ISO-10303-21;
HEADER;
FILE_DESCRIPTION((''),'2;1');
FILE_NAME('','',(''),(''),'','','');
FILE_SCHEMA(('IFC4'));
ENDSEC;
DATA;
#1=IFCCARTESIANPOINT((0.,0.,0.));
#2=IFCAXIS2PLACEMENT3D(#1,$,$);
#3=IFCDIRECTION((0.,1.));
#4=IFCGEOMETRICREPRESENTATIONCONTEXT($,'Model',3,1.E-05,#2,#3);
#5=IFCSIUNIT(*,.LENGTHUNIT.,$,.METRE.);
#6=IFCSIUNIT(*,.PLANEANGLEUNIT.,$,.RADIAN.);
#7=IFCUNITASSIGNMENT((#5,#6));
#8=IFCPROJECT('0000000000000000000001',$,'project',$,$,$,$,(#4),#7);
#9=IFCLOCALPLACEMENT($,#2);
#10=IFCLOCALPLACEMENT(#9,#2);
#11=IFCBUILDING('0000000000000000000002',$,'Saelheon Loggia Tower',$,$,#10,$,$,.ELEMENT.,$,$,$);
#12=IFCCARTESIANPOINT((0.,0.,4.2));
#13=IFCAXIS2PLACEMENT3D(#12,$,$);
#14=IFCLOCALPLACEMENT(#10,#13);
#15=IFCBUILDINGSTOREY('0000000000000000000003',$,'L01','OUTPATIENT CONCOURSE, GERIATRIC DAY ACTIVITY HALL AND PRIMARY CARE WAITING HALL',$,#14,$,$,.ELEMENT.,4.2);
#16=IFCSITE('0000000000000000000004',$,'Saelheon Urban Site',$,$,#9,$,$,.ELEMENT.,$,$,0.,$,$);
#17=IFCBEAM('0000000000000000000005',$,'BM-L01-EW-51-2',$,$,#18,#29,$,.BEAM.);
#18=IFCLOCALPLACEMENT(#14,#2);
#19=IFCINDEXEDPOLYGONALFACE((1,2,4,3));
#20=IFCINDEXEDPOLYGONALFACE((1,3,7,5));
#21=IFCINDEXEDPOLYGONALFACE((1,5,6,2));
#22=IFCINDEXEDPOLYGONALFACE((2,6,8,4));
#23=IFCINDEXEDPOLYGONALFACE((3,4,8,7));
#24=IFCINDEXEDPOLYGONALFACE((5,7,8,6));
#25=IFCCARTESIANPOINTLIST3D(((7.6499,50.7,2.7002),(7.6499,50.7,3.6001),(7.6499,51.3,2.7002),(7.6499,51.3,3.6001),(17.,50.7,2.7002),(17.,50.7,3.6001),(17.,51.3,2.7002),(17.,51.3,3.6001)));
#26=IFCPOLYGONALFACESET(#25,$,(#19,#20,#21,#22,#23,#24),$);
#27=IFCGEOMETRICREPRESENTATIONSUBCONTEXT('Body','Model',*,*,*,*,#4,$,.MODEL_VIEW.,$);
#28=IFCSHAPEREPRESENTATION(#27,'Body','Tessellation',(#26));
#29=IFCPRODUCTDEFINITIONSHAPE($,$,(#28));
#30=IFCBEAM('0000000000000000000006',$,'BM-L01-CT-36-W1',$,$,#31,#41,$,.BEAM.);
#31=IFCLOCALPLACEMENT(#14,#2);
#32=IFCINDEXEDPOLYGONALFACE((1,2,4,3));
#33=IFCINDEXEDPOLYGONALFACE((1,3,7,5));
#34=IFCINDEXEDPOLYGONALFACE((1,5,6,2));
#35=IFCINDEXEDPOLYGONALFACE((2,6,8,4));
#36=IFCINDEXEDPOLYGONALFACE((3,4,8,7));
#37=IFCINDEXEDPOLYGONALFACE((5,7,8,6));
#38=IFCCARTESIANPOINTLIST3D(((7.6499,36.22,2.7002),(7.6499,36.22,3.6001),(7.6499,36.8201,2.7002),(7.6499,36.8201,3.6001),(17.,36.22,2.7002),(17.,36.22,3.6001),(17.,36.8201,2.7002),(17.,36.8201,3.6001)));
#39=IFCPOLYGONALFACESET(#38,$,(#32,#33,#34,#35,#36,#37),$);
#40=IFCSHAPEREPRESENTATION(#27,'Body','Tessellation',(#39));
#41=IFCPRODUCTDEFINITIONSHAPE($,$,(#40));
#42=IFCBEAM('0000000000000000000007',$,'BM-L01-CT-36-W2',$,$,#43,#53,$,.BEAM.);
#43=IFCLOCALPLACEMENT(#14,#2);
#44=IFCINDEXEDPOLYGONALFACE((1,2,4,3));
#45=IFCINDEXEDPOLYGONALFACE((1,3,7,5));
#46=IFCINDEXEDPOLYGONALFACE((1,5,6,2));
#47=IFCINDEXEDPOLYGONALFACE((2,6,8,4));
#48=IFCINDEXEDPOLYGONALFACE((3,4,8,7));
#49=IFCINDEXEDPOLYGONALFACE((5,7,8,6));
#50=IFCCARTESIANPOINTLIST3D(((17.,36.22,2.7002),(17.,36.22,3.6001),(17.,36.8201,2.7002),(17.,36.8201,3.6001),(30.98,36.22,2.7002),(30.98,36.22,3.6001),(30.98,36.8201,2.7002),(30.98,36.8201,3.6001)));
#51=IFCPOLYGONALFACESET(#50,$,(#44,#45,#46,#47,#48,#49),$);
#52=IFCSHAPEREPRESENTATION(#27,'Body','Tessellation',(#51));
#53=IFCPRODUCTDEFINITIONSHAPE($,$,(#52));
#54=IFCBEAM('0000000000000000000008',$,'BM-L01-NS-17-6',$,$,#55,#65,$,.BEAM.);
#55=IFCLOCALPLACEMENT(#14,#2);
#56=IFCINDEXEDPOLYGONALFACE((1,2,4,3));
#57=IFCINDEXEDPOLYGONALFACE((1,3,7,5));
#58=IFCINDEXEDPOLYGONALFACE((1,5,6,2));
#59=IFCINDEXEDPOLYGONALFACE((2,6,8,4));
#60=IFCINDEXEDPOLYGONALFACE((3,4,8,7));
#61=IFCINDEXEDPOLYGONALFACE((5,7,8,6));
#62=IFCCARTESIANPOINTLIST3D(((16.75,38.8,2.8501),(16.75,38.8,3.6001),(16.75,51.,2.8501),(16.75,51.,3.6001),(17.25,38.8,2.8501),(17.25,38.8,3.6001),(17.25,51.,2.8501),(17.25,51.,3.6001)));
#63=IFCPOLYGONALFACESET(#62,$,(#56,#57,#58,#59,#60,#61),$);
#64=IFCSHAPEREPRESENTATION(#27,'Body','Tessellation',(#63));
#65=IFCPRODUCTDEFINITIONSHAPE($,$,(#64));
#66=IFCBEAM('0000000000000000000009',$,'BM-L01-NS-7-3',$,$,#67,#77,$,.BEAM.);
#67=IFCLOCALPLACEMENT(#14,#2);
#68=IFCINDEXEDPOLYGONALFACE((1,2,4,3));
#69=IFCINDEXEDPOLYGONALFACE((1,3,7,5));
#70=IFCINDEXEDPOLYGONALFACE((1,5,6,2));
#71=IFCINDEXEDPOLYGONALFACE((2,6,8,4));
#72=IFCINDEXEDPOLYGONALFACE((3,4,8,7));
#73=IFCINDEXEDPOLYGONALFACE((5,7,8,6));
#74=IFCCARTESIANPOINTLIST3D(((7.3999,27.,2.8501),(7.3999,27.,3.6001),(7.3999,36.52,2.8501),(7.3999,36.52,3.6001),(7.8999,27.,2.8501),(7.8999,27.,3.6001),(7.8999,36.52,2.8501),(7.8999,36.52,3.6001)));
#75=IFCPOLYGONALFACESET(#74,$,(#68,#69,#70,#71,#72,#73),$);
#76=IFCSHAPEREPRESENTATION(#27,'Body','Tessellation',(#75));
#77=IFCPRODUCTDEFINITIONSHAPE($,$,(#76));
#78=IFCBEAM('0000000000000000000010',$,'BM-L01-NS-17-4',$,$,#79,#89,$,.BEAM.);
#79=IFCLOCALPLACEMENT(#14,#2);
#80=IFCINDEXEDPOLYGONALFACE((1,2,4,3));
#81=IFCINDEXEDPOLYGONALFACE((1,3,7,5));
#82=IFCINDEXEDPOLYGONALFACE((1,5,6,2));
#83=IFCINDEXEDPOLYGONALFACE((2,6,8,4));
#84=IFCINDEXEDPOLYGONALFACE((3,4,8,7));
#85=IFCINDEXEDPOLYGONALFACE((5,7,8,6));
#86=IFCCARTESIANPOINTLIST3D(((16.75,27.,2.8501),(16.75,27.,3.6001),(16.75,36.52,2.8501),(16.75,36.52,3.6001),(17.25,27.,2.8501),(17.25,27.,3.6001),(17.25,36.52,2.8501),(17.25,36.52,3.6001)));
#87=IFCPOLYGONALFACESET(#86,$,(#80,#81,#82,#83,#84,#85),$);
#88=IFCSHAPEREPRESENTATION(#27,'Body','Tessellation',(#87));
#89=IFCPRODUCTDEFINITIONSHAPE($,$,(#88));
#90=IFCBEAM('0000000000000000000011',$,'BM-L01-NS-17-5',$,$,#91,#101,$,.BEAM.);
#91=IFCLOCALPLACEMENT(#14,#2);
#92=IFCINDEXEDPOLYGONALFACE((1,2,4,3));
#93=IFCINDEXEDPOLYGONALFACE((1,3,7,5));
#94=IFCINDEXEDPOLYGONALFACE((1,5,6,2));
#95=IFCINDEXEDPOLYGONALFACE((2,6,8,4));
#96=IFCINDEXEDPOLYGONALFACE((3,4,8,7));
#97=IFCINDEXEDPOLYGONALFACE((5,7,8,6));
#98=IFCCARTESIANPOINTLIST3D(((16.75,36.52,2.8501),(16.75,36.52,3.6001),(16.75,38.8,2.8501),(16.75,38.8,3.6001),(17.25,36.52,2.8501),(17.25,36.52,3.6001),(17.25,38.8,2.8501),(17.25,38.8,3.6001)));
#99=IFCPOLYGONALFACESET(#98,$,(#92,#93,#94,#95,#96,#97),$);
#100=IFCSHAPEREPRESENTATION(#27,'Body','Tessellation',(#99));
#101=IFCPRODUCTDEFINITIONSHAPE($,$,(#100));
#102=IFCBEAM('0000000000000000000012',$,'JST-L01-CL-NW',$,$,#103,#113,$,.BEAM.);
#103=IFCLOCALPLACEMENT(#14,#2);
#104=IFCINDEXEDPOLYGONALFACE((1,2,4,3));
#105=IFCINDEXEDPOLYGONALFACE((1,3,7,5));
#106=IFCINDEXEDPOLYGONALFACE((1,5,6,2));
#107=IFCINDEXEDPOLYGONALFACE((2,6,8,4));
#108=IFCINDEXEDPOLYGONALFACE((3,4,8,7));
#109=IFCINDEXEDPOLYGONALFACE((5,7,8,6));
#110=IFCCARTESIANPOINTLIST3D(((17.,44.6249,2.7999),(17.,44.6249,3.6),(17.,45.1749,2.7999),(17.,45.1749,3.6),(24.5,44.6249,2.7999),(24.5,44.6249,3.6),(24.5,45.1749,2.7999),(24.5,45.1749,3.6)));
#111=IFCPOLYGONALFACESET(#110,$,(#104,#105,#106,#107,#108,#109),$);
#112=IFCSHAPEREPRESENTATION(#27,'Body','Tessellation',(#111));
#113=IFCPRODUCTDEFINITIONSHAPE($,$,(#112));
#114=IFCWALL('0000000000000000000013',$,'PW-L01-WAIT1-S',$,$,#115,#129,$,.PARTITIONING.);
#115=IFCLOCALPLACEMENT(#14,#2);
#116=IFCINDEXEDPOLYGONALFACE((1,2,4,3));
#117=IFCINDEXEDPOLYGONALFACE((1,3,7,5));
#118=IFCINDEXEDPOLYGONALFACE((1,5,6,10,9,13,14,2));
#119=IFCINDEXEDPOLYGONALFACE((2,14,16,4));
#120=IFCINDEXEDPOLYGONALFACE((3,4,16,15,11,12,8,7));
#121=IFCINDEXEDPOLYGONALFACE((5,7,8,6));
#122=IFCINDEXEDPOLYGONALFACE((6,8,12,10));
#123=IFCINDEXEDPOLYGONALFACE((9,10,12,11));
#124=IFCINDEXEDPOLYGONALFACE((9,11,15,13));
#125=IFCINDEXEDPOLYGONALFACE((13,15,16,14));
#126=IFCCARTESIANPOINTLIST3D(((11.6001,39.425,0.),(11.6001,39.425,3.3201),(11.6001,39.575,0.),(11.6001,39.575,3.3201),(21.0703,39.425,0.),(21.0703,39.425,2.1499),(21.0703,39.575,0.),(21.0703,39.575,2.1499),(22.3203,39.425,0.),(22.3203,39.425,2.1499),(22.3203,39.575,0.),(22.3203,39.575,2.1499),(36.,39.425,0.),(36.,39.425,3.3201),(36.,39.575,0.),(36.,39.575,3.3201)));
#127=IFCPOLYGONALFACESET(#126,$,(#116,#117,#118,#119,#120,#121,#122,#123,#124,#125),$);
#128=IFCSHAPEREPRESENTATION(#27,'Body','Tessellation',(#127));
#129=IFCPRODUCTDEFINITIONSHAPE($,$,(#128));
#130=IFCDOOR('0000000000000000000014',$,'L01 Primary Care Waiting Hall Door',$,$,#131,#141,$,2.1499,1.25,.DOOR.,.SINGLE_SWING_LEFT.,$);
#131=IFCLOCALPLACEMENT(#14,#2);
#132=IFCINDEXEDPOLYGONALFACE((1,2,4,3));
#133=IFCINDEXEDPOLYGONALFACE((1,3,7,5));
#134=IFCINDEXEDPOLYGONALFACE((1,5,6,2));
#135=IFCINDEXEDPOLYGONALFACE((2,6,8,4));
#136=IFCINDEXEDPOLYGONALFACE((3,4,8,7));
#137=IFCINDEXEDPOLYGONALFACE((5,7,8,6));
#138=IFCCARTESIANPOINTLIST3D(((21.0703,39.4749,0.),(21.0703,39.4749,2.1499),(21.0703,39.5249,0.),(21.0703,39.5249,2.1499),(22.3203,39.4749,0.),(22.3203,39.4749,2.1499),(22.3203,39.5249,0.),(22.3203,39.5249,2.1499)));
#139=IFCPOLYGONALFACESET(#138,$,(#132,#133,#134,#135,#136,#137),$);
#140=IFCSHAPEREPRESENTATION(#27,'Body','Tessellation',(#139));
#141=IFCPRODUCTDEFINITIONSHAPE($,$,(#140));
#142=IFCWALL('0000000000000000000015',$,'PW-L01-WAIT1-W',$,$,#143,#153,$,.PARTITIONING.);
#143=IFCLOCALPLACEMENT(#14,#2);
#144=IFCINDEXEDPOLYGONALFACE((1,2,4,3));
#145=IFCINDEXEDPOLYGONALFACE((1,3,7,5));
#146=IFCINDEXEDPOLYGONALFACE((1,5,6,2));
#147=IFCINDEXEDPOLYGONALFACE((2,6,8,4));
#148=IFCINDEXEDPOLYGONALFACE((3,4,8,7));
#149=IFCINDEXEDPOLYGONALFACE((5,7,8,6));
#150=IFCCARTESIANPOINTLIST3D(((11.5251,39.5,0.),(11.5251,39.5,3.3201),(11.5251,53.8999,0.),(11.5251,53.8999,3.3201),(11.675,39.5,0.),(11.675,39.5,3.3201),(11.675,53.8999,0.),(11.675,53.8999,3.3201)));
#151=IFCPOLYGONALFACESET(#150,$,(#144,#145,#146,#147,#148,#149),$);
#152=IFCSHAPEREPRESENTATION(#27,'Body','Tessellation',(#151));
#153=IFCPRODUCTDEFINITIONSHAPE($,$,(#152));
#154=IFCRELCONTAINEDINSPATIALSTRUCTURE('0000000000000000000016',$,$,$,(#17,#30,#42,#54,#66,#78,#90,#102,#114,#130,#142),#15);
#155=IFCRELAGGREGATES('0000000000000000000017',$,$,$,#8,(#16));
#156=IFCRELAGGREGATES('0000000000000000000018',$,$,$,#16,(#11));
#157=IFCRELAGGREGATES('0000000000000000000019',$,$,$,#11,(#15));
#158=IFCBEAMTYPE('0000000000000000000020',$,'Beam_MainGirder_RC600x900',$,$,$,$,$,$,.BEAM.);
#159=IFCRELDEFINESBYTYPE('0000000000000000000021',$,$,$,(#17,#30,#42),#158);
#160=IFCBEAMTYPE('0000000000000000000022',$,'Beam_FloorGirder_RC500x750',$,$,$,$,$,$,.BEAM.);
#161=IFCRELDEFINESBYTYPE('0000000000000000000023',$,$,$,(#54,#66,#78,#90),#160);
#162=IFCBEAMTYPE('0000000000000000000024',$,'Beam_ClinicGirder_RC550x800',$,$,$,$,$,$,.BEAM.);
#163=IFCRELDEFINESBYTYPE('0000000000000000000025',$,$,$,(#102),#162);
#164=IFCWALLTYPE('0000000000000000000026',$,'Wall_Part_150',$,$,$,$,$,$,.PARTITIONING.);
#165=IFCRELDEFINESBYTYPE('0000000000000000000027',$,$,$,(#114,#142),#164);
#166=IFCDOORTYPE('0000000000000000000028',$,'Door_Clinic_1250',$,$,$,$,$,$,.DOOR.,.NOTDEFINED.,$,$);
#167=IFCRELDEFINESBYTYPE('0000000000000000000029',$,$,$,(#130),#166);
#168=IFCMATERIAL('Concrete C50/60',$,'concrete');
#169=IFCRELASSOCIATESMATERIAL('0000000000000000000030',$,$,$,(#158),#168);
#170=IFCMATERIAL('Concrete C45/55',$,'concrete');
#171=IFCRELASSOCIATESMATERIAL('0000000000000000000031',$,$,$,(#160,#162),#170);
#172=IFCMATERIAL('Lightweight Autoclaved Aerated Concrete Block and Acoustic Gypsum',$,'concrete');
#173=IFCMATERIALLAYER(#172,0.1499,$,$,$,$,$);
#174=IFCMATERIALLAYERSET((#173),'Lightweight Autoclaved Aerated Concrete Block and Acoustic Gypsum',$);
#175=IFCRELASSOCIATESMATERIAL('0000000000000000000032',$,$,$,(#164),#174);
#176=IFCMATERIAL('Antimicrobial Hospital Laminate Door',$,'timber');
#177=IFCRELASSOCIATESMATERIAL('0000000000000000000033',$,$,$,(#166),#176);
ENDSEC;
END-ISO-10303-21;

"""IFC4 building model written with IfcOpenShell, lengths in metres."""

from ifc_helpers import new_model, si_unit, direction, frame, frame_2d, origin, origin_2d, place, context, subcontext, project, spatial, rectangle, extrude, source, transform, mapped, material, layer, layer_set, material_profile, profile_set, type_object, element, fill, save


model = new_model("IFC4")

# Units and contexts
model_context = context("Model", 3, precision=1e-05, world=origin(), true_north=direction((0.0, 1.0)))
body_context = subcontext(model_context, "Body", "Model", "MODEL_VIEW")
ifc_project = project(units=[si_unit("LENGTHUNIT", "METRE"), si_unit("PLANEANGLEUNIT", "RADIAN")], contexts=[model_context])

# Site, building, storey
site_placement = place(None, origin())
site = spatial("IfcSite", under=ifc_project, at=site_placement, Name="Saelheon Urban Site", CompositionType="ELEMENT", RefElevation=0.0)
building_placement = place(site_placement, origin())
building = spatial("IfcBuilding", under=site, at=building_placement, Name="Saelheon Loggia Tower", CompositionType="ELEMENT")
storey_placement = place(building_placement, frame((0.0, 0.0, 4.2)))
storey = spatial("IfcBuildingStorey", under=building, at=storey_placement, Name="L01", Description="OUTPATIENT CONCOURSE, GERIATRIC DAY ACTIVITY HALL AND PRIMARY CARE WAITING HALL", CompositionType="ELEMENT", Elevation=4.2)

# Shared definitions
ifc_material_1 = material(Name="Concrete C45/55", Category="concrete")
ifc_material_2 = material(Name="Concrete C50/60", Category="concrete")

# Beams
ifc_material_profile_1 = material_profile(ifc_material_2, rectangle(XDim=0.6001, YDim=0.8999, at=origin_2d()), Name="RC-600x900")
ifc_profile_set_1 = profile_set([ifc_material_profile_1], Name="Concrete C50/60")
beam_type_1 = type_object("IfcBeamType", Name="Beam_MainGirder_RC600x900", PredefinedType="BEAM", material=ifc_profile_set_1)
shared_shape_1 = source(origin(), body_context, "Body", "SweptSolid", [
    extrude(rectangle(XDim=0.6001, YDim=0.8999, at=origin_2d()), origin(), (0.0, 0.0, 1.0), 9.3501),
])
for number, where, z_axis, x_axis, name in (
    (1, (7.6499, 51.0, 3.1501), (1.0, 0.0, 0.0), (0.0, 1.0, 0.0), "BM-L01-EW-51-2"),
    (2, (7.6499, 36.52, 3.1501), (1.0, 0.0, 0.0), (0.0, 1.0, 0.0), "BM-L01-CT-36-W1"),
):
    element("IfcBeam", number, at=place(storey_placement, frame(where, z_axis=z_axis, x_axis=x_axis)), inside=storey, type_object=beam_type_1, Name=name, PredefinedType="BEAM", context=body_context, shape_type="MappedRepresentation", body=[
        mapped(shared_shape_1, transform((0.0, 0.0, 0.0), scale=1.0)),
    ])
shared_shape_2 = source(origin(), body_context, "Body", "SweptSolid", [
    extrude(rectangle(XDim=0.6001, YDim=0.8999, at=origin_2d()), origin(), (0.0, 0.0, 1.0), 13.98),
])
beam_1_placement = place(storey_placement, frame((17.0, 36.52, 3.1501), z_axis=(1.0, 0.0, 0.0), x_axis=(0.0, 1.0, 0.0)))
element("IfcBeam", 3, at=beam_1_placement, inside=storey, type_object=beam_type_1, Name="BM-L01-CT-36-W2", PredefinedType="BEAM", context=body_context, shape_type="MappedRepresentation", body=[
    mapped(shared_shape_2, transform((0.0, 0.0, 0.0), scale=1.0)),
])
ifc_material_profile_2 = material_profile(ifc_material_1, rectangle(XDim=0.5, YDim=0.75, at=origin_2d()), Name="RC-500x750")
ifc_profile_set_2 = profile_set([ifc_material_profile_2], Name="Concrete C45/55")
beam_type_2 = type_object("IfcBeamType", Name="Beam_FloorGirder_RC500x750", PredefinedType="BEAM", material=ifc_profile_set_2)
shared_shape_3 = source(origin(), body_context, "Body", "SweptSolid", [
    extrude(rectangle(XDim=0.5, YDim=0.75, at=origin_2d()), origin(), (0.0, 0.0, 1.0), 12.2),
])
beam_2_placement = place(storey_placement, frame((17.0, 38.8, 3.2251), z_axis=(0.0, 1.0, 0.0), x_axis=(-1.0, 0.0, 0.0)))
element("IfcBeam", 4, at=beam_2_placement, inside=storey, type_object=beam_type_2, Name="BM-L01-NS-17-6", PredefinedType="BEAM", context=body_context, shape_type="MappedRepresentation", body=[
    mapped(shared_shape_3, transform((0.0, 0.0, 0.0), scale=1.0)),
])
shared_shape_4 = source(origin(), body_context, "Body", "SweptSolid", [
    extrude(rectangle(XDim=0.5, YDim=0.75, at=origin_2d()), origin(), (0.0, 0.0, 1.0), 9.52),
])
for number, where, z_axis, x_axis, name in (
    (5, (7.6499, 27.0, 3.2251), (0.0, 1.0, 0.0), (-1.0, 0.0, 0.0), "BM-L01-NS-7-3"),
    (6, (17.0, 27.0, 3.2251), (0.0, 1.0, 0.0), (-1.0, 0.0, 0.0), "BM-L01-NS-17-4"),
):
    element("IfcBeam", number, at=place(storey_placement, frame(where, z_axis=z_axis, x_axis=x_axis)), inside=storey, type_object=beam_type_2, Name=name, PredefinedType="BEAM", context=body_context, shape_type="MappedRepresentation", body=[
        mapped(shared_shape_4, transform((0.0, 0.0, 0.0), scale=1.0)),
    ])
shared_shape_5 = source(origin(), body_context, "Body", "SweptSolid", [
    extrude(rectangle(XDim=0.5, YDim=0.75, at=origin_2d()), origin(), (0.0, 0.0, 1.0), 2.28),
])
beam_3_placement = place(storey_placement, frame((17.0, 36.52, 3.2251), z_axis=(0.0, 1.0, 0.0), x_axis=(-1.0, 0.0, 0.0)))
element("IfcBeam", 7, at=beam_3_placement, inside=storey, type_object=beam_type_2, Name="BM-L01-NS-17-5", PredefinedType="BEAM", context=body_context, shape_type="MappedRepresentation", body=[
    mapped(shared_shape_5, transform((0.0, 0.0, 0.0), scale=1.0)),
])
ifc_material_profile_3 = material_profile(ifc_material_1, rectangle(XDim=0.55, YDim=0.8, at=origin_2d()), Name="RC-550x800")
ifc_profile_set_3 = profile_set([ifc_material_profile_3], Name="Concrete C45/55")
beam_type_3 = type_object("IfcBeamType", Name="Beam_ClinicGirder_RC550x800", PredefinedType="BEAM", material=ifc_profile_set_3)
shared_shape_6 = source(origin(), body_context, "Body", "SweptSolid", [
    extrude(rectangle(XDim=0.55, YDim=0.8, at=origin_2d()), origin(), (0.0, 0.0, 1.0), 7.5),
])
beam_4_placement = place(storey_placement, frame((17.0, 44.8999, 3.2), z_axis=(1.0, 0.0, 0.0), x_axis=(0.0, 1.0, 0.0)))
element("IfcBeam", 8, at=beam_4_placement, inside=storey, type_object=beam_type_3, Name="JST-L01-CL-NW", PredefinedType="BEAM", context=body_context, shape_type="MappedRepresentation", body=[
    mapped(shared_shape_6, transform((0.0, 0.0, 0.0), scale=1.0)),
])

# Wall, opening, door
ifc_material_3 = material(Name="Lightweight Autoclaved Aerated Concrete Block and Acoustic Gypsum", Category="concrete")
ifc_layer_1 = layer(ifc_material_3, 0.1499)
ifc_layer_set_1 = layer_set([ifc_layer_1], Name="Lightweight Autoclaved Aerated Concrete Block and Acoustic Gypsum")
wall_type_1 = type_object("IfcWallType", Name="Wall_Part_150", PredefinedType="PARTITIONING", material=ifc_layer_set_1)
wall_1_placement = place(storey_placement, frame((11.6001, 39.5, 0.0), z_axis=(0.0, 0.0, 1.0), x_axis=(1.0, 0.0, 0.0)))
wall_1 = element("IfcWall", 9, at=wall_1_placement, inside=storey, type_object=wall_type_1, Name="PW-L01-WAIT1-S", PredefinedType="PARTITIONING", context=body_context, shape_type="SweptSolid", body=[
    extrude(rectangle(XDim=24.3999, YDim=0.1499, at=frame_2d((12.2, 0.0))), origin(), (0.0, 0.0, 1.0), 3.3201),
])
opening_1_placement = place(wall_1_placement, frame((9.4702, 0.0, 0.0)))
opening_1 = element("IfcOpeningElement", 10, at=opening_1_placement, cuts=wall_1, PredefinedType="OPENING", context=body_context, shape_type="SweptSolid", body=[
    extrude(rectangle(XDim=1.25, YDim=2.1499, at=frame_2d((0.625, 1.075))), frame((0.0, 0.0869, 0.0), z_axis=(0.0, -1.0, 0.0), x_axis=(1.0, 0.0, 0.0)), (0.0, 0.0, 1.0), 0.1738),
])
ifc_material_4 = material(Name="Antimicrobial Hospital Laminate Door", Category="timber")
door_type_1 = type_object("IfcDoorType", Name="Door_Clinic_1250", OperationType="NOTDEFINED", PredefinedType="DOOR", material=ifc_material_4)
shared_shape_7 = source(origin(), body_context, "Body", "SweptSolid", [
    extrude(rectangle(XDim=1.25, YDim=2.1499, at=frame_2d((0.625, 1.075))), frame((0.0, 0.0249, 0.0), z_axis=(0.0, -1.0, 0.0), x_axis=(1.0, 0.0, 0.0)), (0.0, 0.0, 1.0), 0.05),
])
door_1_placement = place(opening_1_placement, origin())
door_1 = element("IfcDoor", 11, at=door_1_placement, inside=storey, type_object=door_type_1, Name="L01 Primary Care Waiting Hall Door", OperationType="SINGLE_SWING_LEFT", OverallHeight=2.1499, OverallWidth=1.25, PredefinedType="DOOR", context=body_context, shape_type="MappedRepresentation", body=[
    mapped(shared_shape_7, transform((0.0, 0.0, 0.0), scale=1.0)),
])
fill(opening_1, door_1)

# Wall
wall_2_placement = place(storey_placement, frame((11.6001, 39.5, 0.0), z_axis=(0.0, 0.0, 1.0), x_axis=(0.0, 1.0, 0.0)))
element("IfcWall", 12, at=wall_2_placement, inside=storey, type_object=wall_type_1, Name="PW-L01-WAIT1-W", PredefinedType="PARTITIONING", context=body_context, shape_type="SweptSolid", body=[
    extrude(rectangle(XDim=14.3999, YDim=0.1499, at=frame_2d((7.2, 0.0))), origin(), (0.0, 0.0, 1.0), 3.3201),
])

save(model, "model.ifc")
